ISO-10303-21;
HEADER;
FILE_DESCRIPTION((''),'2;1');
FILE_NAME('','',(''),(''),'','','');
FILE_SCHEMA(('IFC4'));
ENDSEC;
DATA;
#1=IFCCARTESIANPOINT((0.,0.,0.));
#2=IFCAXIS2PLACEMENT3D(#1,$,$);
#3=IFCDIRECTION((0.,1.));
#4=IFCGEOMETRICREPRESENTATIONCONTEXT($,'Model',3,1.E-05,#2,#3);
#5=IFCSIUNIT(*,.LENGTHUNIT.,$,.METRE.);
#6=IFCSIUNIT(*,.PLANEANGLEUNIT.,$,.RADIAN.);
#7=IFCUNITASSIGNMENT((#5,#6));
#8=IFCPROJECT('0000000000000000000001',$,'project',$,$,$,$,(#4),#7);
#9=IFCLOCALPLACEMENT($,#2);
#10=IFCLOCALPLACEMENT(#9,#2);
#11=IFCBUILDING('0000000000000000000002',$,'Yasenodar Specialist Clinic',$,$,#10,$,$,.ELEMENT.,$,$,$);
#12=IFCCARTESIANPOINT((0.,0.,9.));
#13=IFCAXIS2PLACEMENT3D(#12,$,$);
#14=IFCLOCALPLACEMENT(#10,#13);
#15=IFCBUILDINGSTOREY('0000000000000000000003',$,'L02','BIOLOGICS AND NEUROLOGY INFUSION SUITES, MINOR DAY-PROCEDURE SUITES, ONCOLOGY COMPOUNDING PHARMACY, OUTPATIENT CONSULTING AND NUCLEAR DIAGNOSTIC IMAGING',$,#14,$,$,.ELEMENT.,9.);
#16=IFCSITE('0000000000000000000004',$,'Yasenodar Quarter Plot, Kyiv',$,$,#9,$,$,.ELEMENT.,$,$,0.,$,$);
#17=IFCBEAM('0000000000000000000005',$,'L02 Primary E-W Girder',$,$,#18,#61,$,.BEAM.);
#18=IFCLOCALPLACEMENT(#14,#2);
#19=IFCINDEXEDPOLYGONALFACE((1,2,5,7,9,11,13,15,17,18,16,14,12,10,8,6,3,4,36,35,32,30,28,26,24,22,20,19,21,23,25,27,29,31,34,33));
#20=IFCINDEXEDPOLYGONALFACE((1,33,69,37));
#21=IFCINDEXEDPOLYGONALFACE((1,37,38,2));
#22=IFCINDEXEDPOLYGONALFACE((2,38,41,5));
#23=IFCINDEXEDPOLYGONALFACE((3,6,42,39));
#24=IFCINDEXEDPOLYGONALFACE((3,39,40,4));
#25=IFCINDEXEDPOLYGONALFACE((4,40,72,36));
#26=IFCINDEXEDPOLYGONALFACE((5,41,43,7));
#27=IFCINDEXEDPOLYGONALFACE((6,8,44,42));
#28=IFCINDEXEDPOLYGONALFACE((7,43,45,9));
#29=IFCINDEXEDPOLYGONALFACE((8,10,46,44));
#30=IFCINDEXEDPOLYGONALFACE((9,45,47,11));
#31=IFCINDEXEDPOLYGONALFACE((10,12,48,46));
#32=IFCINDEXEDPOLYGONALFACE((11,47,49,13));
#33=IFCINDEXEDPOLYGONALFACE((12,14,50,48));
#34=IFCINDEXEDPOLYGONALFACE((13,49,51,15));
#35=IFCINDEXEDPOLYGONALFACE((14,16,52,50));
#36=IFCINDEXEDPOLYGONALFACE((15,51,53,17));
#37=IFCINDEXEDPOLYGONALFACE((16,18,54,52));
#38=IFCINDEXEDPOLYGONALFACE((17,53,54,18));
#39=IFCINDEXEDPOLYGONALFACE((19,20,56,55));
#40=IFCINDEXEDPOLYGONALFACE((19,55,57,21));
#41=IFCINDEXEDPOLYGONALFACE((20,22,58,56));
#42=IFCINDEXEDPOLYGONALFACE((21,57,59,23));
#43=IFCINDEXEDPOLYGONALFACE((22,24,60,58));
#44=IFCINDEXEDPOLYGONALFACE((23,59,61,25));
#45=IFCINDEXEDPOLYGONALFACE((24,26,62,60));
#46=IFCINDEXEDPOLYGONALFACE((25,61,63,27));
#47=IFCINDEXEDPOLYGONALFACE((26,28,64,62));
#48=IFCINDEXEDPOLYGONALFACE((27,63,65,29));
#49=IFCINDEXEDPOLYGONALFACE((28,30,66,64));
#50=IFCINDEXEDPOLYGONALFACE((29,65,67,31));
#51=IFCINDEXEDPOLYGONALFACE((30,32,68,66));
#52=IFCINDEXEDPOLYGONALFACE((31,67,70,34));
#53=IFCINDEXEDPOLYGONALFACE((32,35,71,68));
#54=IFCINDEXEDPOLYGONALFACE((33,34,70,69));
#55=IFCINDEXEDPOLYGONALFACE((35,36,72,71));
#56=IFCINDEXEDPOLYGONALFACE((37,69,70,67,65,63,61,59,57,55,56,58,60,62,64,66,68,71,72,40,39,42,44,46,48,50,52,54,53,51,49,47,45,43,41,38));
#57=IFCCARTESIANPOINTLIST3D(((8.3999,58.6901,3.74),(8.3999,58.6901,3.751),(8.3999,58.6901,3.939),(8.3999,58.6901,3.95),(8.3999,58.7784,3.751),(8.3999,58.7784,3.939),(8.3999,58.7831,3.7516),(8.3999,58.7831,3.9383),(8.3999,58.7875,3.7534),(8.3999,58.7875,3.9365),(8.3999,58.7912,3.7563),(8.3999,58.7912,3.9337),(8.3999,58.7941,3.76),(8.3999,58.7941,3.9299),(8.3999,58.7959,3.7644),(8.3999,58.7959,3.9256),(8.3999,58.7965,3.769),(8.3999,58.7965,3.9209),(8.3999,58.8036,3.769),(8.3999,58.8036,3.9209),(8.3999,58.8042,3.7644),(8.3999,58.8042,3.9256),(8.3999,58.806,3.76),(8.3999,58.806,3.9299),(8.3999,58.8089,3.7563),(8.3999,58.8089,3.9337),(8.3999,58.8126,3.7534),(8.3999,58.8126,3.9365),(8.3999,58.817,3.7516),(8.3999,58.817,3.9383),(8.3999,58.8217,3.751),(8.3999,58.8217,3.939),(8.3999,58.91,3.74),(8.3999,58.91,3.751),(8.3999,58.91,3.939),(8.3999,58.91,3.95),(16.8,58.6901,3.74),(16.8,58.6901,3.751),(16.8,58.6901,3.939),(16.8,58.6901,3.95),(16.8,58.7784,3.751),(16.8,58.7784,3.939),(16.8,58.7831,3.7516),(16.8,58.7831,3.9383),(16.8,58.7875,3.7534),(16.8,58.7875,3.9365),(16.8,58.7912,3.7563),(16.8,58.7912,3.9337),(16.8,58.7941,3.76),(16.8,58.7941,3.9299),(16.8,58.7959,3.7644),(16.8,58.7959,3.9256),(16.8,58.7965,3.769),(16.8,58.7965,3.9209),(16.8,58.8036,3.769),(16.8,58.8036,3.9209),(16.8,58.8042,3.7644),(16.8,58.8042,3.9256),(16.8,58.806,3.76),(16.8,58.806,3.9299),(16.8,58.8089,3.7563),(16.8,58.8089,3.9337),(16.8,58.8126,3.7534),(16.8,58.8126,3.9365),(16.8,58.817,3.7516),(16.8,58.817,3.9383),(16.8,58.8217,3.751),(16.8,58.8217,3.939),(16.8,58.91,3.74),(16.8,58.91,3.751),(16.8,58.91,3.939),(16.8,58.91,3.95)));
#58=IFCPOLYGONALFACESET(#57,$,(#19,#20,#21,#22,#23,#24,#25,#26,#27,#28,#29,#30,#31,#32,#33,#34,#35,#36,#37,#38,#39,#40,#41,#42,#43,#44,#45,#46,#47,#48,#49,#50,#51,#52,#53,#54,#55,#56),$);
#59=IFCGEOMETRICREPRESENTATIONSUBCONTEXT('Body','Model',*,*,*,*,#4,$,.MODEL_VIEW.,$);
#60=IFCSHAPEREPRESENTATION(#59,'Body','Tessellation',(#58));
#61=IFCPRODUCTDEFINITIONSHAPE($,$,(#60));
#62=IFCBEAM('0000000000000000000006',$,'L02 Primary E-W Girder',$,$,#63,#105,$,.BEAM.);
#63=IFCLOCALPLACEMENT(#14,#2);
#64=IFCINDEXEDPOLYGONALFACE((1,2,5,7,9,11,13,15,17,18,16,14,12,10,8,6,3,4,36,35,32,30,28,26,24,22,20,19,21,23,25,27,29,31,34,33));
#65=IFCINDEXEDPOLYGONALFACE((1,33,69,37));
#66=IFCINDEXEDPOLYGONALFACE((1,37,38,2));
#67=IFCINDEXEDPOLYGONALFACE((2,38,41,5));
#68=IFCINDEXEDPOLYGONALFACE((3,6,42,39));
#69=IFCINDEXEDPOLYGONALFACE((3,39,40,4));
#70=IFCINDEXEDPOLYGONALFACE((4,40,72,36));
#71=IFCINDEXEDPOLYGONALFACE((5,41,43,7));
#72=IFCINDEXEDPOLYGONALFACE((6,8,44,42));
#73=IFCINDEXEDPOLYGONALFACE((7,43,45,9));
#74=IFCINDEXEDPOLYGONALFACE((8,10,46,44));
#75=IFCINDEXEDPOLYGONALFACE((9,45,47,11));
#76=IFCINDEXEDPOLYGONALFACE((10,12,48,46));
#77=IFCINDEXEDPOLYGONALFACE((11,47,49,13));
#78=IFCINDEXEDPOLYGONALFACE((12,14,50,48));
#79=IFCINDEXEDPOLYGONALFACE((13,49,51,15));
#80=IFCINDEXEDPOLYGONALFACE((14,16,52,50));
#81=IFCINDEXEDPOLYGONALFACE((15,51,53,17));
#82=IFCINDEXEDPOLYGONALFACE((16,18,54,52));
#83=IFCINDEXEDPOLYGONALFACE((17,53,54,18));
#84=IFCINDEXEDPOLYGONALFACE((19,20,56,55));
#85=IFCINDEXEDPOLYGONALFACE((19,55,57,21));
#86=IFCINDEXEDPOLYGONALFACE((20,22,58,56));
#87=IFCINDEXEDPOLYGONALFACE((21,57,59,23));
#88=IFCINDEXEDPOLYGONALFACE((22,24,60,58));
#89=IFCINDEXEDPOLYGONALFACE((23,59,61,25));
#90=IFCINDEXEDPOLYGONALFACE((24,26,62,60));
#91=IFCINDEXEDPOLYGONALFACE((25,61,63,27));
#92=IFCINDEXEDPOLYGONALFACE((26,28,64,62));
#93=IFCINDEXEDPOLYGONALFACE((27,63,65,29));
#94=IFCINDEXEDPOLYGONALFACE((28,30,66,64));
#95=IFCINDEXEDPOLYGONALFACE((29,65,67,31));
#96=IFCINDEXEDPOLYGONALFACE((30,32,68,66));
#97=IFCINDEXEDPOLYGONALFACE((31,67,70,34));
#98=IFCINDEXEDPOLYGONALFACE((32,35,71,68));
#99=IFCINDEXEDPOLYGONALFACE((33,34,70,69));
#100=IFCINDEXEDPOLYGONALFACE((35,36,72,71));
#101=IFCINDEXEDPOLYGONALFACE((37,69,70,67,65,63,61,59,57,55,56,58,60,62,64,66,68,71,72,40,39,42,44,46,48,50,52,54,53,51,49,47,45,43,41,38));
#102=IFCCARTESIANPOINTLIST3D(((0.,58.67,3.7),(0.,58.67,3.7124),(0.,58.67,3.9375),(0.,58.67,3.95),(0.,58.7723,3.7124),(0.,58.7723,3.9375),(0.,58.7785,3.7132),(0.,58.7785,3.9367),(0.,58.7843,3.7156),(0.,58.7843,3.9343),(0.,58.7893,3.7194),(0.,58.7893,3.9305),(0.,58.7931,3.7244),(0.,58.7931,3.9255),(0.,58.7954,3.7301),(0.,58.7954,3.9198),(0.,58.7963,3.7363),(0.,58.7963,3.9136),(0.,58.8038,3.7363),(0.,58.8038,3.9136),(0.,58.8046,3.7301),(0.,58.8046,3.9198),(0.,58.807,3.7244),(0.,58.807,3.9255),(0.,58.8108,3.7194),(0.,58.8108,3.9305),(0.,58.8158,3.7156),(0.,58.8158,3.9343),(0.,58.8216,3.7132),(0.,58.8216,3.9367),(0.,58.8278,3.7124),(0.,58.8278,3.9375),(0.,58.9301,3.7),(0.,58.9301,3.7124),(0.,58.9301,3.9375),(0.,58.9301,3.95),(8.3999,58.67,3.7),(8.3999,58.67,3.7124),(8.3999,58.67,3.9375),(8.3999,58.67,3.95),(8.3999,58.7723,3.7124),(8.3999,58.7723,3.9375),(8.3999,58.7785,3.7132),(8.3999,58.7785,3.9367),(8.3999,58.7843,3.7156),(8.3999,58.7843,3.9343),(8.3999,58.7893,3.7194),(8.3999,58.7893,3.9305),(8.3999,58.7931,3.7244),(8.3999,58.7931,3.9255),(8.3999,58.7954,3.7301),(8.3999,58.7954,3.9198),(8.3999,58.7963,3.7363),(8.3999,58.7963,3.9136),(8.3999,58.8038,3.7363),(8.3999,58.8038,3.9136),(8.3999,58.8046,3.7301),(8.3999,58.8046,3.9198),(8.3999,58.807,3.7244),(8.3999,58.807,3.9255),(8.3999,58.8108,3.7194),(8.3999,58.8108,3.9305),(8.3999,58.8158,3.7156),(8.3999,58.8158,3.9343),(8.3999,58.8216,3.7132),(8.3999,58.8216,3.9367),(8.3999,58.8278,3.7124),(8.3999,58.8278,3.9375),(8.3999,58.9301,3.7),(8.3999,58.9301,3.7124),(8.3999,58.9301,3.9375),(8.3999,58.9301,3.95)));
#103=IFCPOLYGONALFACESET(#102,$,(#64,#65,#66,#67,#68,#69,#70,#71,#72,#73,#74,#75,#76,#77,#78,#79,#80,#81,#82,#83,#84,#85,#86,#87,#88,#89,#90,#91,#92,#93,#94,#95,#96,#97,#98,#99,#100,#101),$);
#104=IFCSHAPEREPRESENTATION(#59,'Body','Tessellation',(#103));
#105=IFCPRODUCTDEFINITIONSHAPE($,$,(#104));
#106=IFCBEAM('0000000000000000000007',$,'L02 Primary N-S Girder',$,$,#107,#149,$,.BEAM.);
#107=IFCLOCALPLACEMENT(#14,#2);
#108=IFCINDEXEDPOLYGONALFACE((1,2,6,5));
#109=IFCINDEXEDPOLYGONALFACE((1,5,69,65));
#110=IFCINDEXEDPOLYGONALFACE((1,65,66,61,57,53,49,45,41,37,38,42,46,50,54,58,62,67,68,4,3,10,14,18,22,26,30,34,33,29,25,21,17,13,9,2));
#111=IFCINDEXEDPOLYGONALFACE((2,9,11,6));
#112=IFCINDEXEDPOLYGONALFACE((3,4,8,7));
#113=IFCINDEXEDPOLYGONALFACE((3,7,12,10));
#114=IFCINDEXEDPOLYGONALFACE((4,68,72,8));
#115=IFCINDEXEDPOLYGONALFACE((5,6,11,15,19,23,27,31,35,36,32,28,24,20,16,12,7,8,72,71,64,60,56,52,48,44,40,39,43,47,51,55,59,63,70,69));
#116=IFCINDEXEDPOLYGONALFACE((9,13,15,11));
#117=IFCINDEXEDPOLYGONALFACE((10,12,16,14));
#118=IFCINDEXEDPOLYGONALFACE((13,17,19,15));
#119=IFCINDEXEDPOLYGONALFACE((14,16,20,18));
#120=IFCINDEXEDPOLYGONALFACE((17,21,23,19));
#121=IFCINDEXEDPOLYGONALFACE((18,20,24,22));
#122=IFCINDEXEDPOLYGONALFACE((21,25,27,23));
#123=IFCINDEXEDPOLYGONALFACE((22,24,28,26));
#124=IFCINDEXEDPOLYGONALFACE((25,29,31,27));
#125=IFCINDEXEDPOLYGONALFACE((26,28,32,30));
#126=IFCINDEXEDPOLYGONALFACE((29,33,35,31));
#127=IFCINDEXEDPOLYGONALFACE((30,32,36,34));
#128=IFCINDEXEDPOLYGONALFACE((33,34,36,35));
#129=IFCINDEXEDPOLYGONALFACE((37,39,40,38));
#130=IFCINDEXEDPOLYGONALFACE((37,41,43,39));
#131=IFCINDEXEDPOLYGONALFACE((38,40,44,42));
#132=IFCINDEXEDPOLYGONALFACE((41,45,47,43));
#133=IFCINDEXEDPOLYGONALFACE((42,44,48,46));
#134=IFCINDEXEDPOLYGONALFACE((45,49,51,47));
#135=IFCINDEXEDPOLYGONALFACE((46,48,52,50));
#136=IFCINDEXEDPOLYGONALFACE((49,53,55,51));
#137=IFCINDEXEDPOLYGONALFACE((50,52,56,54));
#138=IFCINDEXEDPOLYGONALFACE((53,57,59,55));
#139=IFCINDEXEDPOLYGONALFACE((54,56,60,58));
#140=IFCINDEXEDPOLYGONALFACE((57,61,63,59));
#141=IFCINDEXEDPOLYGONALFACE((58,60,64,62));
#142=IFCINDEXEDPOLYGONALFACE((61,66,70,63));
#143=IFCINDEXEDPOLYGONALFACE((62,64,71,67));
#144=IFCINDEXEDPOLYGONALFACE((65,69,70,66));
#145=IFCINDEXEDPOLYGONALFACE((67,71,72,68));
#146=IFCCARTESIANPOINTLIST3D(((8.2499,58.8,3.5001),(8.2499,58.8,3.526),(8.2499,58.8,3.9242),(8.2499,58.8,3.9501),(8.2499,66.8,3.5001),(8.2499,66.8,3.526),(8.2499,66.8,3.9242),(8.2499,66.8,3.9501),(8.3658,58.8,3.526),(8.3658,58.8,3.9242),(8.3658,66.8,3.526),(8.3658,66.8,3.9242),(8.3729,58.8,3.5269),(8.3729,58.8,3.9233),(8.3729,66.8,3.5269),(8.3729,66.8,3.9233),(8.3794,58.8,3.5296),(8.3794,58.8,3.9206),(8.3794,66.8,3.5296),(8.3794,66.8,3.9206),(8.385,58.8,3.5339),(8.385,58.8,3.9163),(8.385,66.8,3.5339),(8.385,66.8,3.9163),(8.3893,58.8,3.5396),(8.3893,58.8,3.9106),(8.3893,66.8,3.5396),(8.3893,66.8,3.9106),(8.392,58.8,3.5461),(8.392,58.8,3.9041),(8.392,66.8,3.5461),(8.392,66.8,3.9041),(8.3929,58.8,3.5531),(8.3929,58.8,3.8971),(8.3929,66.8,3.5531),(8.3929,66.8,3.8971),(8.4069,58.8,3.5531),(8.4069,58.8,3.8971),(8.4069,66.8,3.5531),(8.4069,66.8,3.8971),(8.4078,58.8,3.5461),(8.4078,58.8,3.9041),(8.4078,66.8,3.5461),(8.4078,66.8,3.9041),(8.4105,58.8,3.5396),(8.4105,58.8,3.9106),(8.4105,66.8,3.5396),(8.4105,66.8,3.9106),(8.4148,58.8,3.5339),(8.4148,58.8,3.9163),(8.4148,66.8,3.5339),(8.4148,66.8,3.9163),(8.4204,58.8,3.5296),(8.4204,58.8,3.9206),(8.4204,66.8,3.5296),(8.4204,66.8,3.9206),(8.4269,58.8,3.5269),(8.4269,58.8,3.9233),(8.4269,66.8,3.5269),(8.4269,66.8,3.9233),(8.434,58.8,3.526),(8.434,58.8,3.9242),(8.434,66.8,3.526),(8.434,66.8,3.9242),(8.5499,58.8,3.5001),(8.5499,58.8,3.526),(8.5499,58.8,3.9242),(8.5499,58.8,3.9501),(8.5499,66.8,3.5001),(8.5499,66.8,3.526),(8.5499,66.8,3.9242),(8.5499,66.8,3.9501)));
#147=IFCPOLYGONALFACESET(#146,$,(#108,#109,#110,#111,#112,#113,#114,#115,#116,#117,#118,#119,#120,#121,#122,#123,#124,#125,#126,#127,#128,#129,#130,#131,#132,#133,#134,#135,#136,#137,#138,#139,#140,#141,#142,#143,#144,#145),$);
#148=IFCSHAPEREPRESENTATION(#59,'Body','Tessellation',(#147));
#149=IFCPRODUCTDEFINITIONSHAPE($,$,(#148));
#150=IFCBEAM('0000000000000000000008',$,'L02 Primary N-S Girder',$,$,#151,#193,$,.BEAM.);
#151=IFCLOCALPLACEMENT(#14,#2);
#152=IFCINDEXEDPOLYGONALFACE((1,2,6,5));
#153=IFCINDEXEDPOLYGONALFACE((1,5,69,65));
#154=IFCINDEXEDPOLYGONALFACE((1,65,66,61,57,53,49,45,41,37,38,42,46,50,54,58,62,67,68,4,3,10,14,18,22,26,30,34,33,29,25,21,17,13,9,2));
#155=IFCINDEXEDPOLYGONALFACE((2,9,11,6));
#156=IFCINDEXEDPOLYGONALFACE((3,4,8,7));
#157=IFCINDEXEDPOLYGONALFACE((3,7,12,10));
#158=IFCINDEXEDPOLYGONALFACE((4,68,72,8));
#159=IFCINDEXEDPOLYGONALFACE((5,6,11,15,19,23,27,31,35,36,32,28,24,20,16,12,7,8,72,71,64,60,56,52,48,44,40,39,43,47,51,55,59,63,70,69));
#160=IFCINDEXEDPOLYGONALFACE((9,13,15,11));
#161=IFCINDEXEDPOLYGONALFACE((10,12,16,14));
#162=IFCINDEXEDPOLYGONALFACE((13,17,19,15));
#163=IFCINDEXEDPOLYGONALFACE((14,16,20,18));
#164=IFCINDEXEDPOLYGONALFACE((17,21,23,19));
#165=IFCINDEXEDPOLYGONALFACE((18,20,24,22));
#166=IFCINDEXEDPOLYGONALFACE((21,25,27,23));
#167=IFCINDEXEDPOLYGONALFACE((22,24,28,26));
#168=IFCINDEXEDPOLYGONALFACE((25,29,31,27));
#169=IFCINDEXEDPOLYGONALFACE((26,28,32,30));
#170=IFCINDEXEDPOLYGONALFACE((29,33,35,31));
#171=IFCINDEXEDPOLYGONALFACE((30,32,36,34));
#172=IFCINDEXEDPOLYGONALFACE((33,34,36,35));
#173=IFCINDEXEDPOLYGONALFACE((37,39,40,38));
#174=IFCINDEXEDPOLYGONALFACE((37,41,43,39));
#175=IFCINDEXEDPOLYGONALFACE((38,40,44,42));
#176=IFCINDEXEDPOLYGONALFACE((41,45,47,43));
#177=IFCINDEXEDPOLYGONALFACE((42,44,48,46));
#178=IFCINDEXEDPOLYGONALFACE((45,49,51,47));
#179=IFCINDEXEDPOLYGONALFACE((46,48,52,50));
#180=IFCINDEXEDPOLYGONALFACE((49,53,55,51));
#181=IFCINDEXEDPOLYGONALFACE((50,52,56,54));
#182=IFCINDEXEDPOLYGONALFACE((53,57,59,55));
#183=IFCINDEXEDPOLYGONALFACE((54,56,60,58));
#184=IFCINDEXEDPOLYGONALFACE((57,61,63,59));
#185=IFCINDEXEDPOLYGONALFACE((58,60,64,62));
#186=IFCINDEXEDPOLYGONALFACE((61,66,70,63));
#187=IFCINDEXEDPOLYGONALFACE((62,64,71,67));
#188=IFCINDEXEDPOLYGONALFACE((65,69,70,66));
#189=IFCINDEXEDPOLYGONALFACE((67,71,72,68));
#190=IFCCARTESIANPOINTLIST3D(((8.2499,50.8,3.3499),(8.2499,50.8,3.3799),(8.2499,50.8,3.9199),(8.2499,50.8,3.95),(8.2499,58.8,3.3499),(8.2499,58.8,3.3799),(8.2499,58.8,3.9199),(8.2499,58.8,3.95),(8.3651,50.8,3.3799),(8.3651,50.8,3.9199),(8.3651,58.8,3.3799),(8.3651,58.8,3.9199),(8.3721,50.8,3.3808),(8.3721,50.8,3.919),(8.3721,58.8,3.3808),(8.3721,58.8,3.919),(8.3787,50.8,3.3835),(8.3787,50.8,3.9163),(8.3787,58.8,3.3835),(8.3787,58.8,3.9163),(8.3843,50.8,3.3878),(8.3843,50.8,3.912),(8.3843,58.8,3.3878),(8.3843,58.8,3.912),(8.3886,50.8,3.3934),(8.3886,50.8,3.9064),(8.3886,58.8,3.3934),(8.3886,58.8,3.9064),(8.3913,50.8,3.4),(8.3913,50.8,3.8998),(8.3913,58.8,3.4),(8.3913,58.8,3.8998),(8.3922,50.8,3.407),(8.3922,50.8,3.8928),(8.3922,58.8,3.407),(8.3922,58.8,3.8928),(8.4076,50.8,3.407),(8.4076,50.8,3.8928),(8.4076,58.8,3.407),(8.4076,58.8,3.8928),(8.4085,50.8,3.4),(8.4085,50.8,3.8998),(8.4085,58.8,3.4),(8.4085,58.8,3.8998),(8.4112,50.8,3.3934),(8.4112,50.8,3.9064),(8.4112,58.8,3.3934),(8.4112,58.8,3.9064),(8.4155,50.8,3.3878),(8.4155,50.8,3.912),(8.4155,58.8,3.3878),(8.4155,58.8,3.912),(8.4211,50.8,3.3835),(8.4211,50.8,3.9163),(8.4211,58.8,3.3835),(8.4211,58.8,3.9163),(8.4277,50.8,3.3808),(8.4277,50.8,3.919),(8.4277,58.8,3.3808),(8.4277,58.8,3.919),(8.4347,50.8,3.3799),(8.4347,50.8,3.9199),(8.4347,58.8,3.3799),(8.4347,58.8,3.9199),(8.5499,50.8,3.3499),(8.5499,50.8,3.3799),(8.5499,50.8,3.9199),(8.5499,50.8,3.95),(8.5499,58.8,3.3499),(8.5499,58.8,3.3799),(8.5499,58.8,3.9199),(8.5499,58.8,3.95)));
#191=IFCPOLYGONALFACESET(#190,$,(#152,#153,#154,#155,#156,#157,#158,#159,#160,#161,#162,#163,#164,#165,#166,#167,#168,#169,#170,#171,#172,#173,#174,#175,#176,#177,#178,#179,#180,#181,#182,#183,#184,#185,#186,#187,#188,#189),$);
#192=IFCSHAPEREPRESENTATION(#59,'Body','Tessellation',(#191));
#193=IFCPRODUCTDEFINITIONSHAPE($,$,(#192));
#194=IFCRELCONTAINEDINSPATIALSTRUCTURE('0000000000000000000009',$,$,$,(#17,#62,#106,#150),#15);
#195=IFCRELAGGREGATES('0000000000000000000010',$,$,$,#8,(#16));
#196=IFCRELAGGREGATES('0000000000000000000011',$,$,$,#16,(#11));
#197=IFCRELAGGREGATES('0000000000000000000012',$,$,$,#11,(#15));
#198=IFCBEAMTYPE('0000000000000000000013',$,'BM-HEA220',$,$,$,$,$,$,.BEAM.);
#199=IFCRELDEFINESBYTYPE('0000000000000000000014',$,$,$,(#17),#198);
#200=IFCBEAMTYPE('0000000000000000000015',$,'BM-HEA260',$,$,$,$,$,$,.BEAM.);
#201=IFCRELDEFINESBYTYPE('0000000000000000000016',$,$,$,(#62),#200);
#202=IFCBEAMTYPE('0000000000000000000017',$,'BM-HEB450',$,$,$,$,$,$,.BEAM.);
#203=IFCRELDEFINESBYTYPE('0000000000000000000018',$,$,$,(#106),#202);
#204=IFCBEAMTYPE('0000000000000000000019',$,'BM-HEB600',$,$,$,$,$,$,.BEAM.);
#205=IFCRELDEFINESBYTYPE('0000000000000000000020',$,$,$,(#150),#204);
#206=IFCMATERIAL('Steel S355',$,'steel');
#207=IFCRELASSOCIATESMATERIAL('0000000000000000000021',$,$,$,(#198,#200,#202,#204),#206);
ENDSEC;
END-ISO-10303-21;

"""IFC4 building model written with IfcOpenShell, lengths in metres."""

from ifc_helpers import new_model, si_unit, direction, frame, origin, origin_2d, place, context, subcontext, project, spatial, i_section, extrude, material, material_profile, profile_set, type_object, element, save


model = new_model("IFC4")

# Units and contexts
model_context = context("Model", 3, precision=1e-05, world=origin(), true_north=direction((0.0, 1.0)))
body_context = subcontext(model_context, "Body", "Model", "MODEL_VIEW")
ifc_project = project(units=[si_unit("LENGTHUNIT", "METRE"), si_unit("PLANEANGLEUNIT", "RADIAN")], contexts=[model_context])

# Site, building, storey
site_placement = place(None, origin())
site = spatial("IfcSite", under=ifc_project, at=site_placement, Name="Yasenodar Quarter Plot, Kyiv", CompositionType="ELEMENT", RefElevation=0.0)
building_placement = place(site_placement, origin())
building = spatial("IfcBuilding", under=site, at=building_placement, Name="Yasenodar Specialist Clinic", CompositionType="ELEMENT")
storey_placement = place(building_placement, frame((0.0, 0.0, 9.0)))
storey = spatial("IfcBuildingStorey", under=building, at=storey_placement, Name="L02", Description="BIOLOGICS AND NEUROLOGY INFUSION SUITES, MINOR DAY-PROCEDURE SUITES, ONCOLOGY COMPOUNDING PHARMACY, OUTPATIENT CONSULTING AND NUCLEAR DIAGNOSTIC IMAGING", CompositionType="ELEMENT", Elevation=9.0)

# Shared definitions
ifc_material_1 = material(Name="Steel S355", Category="steel")

# Beams
ifc_material_profile_1 = material_profile(ifc_material_1, i_section(OverallWidth=0.22, OverallDepth=0.21, WebThickness=0.0071, FlangeThickness=0.011, FilletRadius=0.0181, at=origin_2d()), Name="HEA 220")
ifc_profile_set_1 = profile_set([ifc_material_profile_1], Name="Steel S355")
beam_type_1 = type_object("IfcBeamType", Name="BM-HEA220", PredefinedType="BEAM", material=ifc_profile_set_1)
beam_1_placement = place(storey_placement, frame((8.3999, 58.8, 3.845), z_axis=(1.0, 0.0, 0.0), x_axis=(0.0, 1.0, 0.0)))
element("IfcBeam", 1, at=beam_1_placement, inside=storey, type_object=beam_type_1, Name="L02 Primary E-W Girder", PredefinedType="BEAM", context=body_context, shape_type="SweptSolid", body=[
    extrude(i_section(OverallWidth=0.22, OverallDepth=0.21, WebThickness=0.0071, FlangeThickness=0.011, FilletRadius=0.0181, at=origin_2d()), origin(), (0.0, 0.0, 1.0), 8.4001),
])
ifc_material_profile_2 = material_profile(ifc_material_1, i_section(OverallWidth=0.26, OverallDepth=0.25, WebThickness=0.0076, FlangeThickness=0.0125, FilletRadius=0.0239, at=origin_2d()), Name="HEA 260")
ifc_profile_set_2 = profile_set([ifc_material_profile_2], Name="Steel S355")
beam_type_2 = type_object("IfcBeamType", Name="BM-HEA260", PredefinedType="BEAM", material=ifc_profile_set_2)
beam_2_placement = place(storey_placement, frame((0.0, 58.8, 3.825), z_axis=(1.0, 0.0, 0.0), x_axis=(0.0, 1.0, 0.0)))
element("IfcBeam", 2, at=beam_2_placement, inside=storey, type_object=beam_type_2, Name="L02 Primary E-W Girder", PredefinedType="BEAM", context=body_context, shape_type="SweptSolid", body=[
    extrude(i_section(OverallWidth=0.26, OverallDepth=0.25, WebThickness=0.0076, FlangeThickness=0.0125, FilletRadius=0.0239, at=origin_2d()), origin(), (0.0, 0.0, 1.0), 8.3999),
])
ifc_material_profile_3 = material_profile(ifc_material_1, i_section(OverallWidth=0.3, OverallDepth=0.45, WebThickness=0.0139, FlangeThickness=0.0259, FilletRadius=0.0271, at=origin_2d()), Name="HEB 450")
ifc_profile_set_3 = profile_set([ifc_material_profile_3], Name="Steel S355")
beam_type_3 = type_object("IfcBeamType", Name="BM-HEB450", PredefinedType="BEAM", material=ifc_profile_set_3)
beam_3_placement = place(storey_placement, frame((8.3999, 58.8, 3.7251), z_axis=(0.0, 1.0, 0.0), x_axis=(-1.0, 0.0, 0.0)))
element("IfcBeam", 3, at=beam_3_placement, inside=storey, type_object=beam_type_3, Name="L02 Primary N-S Girder", PredefinedType="BEAM", context=body_context, shape_type="SweptSolid", body=[
    extrude(i_section(OverallWidth=0.3, OverallDepth=0.45, WebThickness=0.0139, FlangeThickness=0.0259, FilletRadius=0.0271, at=origin_2d()), origin(), (0.0, 0.0, 1.0), 8.0),
])
ifc_material_profile_4 = material_profile(ifc_material_1, i_section(OverallWidth=0.3, OverallDepth=0.6001, WebThickness=0.0154, FlangeThickness=0.03, FilletRadius=0.0271, at=origin_2d()), Name="HEB 600")
ifc_profile_set_4 = profile_set([ifc_material_profile_4], Name="Steel S355")
beam_type_4 = type_object("IfcBeamType", Name="BM-HEB600", PredefinedType="BEAM", material=ifc_profile_set_4)
beam_4_placement = place(storey_placement, frame((8.3999, 50.8, 3.6499), z_axis=(0.0, 1.0, 0.0), x_axis=(-1.0, 0.0, 0.0)))
element("IfcBeam", 4, at=beam_4_placement, inside=storey, type_object=beam_type_4, Name="L02 Primary N-S Girder", PredefinedType="BEAM", context=body_context, shape_type="SweptSolid", body=[
    extrude(i_section(OverallWidth=0.3, OverallDepth=0.6001, WebThickness=0.0154, FlangeThickness=0.03, FilletRadius=0.0271, at=origin_2d()), origin(), (0.0, 0.0, 1.0), 8.0),
])

save(model, "model.ifc")
